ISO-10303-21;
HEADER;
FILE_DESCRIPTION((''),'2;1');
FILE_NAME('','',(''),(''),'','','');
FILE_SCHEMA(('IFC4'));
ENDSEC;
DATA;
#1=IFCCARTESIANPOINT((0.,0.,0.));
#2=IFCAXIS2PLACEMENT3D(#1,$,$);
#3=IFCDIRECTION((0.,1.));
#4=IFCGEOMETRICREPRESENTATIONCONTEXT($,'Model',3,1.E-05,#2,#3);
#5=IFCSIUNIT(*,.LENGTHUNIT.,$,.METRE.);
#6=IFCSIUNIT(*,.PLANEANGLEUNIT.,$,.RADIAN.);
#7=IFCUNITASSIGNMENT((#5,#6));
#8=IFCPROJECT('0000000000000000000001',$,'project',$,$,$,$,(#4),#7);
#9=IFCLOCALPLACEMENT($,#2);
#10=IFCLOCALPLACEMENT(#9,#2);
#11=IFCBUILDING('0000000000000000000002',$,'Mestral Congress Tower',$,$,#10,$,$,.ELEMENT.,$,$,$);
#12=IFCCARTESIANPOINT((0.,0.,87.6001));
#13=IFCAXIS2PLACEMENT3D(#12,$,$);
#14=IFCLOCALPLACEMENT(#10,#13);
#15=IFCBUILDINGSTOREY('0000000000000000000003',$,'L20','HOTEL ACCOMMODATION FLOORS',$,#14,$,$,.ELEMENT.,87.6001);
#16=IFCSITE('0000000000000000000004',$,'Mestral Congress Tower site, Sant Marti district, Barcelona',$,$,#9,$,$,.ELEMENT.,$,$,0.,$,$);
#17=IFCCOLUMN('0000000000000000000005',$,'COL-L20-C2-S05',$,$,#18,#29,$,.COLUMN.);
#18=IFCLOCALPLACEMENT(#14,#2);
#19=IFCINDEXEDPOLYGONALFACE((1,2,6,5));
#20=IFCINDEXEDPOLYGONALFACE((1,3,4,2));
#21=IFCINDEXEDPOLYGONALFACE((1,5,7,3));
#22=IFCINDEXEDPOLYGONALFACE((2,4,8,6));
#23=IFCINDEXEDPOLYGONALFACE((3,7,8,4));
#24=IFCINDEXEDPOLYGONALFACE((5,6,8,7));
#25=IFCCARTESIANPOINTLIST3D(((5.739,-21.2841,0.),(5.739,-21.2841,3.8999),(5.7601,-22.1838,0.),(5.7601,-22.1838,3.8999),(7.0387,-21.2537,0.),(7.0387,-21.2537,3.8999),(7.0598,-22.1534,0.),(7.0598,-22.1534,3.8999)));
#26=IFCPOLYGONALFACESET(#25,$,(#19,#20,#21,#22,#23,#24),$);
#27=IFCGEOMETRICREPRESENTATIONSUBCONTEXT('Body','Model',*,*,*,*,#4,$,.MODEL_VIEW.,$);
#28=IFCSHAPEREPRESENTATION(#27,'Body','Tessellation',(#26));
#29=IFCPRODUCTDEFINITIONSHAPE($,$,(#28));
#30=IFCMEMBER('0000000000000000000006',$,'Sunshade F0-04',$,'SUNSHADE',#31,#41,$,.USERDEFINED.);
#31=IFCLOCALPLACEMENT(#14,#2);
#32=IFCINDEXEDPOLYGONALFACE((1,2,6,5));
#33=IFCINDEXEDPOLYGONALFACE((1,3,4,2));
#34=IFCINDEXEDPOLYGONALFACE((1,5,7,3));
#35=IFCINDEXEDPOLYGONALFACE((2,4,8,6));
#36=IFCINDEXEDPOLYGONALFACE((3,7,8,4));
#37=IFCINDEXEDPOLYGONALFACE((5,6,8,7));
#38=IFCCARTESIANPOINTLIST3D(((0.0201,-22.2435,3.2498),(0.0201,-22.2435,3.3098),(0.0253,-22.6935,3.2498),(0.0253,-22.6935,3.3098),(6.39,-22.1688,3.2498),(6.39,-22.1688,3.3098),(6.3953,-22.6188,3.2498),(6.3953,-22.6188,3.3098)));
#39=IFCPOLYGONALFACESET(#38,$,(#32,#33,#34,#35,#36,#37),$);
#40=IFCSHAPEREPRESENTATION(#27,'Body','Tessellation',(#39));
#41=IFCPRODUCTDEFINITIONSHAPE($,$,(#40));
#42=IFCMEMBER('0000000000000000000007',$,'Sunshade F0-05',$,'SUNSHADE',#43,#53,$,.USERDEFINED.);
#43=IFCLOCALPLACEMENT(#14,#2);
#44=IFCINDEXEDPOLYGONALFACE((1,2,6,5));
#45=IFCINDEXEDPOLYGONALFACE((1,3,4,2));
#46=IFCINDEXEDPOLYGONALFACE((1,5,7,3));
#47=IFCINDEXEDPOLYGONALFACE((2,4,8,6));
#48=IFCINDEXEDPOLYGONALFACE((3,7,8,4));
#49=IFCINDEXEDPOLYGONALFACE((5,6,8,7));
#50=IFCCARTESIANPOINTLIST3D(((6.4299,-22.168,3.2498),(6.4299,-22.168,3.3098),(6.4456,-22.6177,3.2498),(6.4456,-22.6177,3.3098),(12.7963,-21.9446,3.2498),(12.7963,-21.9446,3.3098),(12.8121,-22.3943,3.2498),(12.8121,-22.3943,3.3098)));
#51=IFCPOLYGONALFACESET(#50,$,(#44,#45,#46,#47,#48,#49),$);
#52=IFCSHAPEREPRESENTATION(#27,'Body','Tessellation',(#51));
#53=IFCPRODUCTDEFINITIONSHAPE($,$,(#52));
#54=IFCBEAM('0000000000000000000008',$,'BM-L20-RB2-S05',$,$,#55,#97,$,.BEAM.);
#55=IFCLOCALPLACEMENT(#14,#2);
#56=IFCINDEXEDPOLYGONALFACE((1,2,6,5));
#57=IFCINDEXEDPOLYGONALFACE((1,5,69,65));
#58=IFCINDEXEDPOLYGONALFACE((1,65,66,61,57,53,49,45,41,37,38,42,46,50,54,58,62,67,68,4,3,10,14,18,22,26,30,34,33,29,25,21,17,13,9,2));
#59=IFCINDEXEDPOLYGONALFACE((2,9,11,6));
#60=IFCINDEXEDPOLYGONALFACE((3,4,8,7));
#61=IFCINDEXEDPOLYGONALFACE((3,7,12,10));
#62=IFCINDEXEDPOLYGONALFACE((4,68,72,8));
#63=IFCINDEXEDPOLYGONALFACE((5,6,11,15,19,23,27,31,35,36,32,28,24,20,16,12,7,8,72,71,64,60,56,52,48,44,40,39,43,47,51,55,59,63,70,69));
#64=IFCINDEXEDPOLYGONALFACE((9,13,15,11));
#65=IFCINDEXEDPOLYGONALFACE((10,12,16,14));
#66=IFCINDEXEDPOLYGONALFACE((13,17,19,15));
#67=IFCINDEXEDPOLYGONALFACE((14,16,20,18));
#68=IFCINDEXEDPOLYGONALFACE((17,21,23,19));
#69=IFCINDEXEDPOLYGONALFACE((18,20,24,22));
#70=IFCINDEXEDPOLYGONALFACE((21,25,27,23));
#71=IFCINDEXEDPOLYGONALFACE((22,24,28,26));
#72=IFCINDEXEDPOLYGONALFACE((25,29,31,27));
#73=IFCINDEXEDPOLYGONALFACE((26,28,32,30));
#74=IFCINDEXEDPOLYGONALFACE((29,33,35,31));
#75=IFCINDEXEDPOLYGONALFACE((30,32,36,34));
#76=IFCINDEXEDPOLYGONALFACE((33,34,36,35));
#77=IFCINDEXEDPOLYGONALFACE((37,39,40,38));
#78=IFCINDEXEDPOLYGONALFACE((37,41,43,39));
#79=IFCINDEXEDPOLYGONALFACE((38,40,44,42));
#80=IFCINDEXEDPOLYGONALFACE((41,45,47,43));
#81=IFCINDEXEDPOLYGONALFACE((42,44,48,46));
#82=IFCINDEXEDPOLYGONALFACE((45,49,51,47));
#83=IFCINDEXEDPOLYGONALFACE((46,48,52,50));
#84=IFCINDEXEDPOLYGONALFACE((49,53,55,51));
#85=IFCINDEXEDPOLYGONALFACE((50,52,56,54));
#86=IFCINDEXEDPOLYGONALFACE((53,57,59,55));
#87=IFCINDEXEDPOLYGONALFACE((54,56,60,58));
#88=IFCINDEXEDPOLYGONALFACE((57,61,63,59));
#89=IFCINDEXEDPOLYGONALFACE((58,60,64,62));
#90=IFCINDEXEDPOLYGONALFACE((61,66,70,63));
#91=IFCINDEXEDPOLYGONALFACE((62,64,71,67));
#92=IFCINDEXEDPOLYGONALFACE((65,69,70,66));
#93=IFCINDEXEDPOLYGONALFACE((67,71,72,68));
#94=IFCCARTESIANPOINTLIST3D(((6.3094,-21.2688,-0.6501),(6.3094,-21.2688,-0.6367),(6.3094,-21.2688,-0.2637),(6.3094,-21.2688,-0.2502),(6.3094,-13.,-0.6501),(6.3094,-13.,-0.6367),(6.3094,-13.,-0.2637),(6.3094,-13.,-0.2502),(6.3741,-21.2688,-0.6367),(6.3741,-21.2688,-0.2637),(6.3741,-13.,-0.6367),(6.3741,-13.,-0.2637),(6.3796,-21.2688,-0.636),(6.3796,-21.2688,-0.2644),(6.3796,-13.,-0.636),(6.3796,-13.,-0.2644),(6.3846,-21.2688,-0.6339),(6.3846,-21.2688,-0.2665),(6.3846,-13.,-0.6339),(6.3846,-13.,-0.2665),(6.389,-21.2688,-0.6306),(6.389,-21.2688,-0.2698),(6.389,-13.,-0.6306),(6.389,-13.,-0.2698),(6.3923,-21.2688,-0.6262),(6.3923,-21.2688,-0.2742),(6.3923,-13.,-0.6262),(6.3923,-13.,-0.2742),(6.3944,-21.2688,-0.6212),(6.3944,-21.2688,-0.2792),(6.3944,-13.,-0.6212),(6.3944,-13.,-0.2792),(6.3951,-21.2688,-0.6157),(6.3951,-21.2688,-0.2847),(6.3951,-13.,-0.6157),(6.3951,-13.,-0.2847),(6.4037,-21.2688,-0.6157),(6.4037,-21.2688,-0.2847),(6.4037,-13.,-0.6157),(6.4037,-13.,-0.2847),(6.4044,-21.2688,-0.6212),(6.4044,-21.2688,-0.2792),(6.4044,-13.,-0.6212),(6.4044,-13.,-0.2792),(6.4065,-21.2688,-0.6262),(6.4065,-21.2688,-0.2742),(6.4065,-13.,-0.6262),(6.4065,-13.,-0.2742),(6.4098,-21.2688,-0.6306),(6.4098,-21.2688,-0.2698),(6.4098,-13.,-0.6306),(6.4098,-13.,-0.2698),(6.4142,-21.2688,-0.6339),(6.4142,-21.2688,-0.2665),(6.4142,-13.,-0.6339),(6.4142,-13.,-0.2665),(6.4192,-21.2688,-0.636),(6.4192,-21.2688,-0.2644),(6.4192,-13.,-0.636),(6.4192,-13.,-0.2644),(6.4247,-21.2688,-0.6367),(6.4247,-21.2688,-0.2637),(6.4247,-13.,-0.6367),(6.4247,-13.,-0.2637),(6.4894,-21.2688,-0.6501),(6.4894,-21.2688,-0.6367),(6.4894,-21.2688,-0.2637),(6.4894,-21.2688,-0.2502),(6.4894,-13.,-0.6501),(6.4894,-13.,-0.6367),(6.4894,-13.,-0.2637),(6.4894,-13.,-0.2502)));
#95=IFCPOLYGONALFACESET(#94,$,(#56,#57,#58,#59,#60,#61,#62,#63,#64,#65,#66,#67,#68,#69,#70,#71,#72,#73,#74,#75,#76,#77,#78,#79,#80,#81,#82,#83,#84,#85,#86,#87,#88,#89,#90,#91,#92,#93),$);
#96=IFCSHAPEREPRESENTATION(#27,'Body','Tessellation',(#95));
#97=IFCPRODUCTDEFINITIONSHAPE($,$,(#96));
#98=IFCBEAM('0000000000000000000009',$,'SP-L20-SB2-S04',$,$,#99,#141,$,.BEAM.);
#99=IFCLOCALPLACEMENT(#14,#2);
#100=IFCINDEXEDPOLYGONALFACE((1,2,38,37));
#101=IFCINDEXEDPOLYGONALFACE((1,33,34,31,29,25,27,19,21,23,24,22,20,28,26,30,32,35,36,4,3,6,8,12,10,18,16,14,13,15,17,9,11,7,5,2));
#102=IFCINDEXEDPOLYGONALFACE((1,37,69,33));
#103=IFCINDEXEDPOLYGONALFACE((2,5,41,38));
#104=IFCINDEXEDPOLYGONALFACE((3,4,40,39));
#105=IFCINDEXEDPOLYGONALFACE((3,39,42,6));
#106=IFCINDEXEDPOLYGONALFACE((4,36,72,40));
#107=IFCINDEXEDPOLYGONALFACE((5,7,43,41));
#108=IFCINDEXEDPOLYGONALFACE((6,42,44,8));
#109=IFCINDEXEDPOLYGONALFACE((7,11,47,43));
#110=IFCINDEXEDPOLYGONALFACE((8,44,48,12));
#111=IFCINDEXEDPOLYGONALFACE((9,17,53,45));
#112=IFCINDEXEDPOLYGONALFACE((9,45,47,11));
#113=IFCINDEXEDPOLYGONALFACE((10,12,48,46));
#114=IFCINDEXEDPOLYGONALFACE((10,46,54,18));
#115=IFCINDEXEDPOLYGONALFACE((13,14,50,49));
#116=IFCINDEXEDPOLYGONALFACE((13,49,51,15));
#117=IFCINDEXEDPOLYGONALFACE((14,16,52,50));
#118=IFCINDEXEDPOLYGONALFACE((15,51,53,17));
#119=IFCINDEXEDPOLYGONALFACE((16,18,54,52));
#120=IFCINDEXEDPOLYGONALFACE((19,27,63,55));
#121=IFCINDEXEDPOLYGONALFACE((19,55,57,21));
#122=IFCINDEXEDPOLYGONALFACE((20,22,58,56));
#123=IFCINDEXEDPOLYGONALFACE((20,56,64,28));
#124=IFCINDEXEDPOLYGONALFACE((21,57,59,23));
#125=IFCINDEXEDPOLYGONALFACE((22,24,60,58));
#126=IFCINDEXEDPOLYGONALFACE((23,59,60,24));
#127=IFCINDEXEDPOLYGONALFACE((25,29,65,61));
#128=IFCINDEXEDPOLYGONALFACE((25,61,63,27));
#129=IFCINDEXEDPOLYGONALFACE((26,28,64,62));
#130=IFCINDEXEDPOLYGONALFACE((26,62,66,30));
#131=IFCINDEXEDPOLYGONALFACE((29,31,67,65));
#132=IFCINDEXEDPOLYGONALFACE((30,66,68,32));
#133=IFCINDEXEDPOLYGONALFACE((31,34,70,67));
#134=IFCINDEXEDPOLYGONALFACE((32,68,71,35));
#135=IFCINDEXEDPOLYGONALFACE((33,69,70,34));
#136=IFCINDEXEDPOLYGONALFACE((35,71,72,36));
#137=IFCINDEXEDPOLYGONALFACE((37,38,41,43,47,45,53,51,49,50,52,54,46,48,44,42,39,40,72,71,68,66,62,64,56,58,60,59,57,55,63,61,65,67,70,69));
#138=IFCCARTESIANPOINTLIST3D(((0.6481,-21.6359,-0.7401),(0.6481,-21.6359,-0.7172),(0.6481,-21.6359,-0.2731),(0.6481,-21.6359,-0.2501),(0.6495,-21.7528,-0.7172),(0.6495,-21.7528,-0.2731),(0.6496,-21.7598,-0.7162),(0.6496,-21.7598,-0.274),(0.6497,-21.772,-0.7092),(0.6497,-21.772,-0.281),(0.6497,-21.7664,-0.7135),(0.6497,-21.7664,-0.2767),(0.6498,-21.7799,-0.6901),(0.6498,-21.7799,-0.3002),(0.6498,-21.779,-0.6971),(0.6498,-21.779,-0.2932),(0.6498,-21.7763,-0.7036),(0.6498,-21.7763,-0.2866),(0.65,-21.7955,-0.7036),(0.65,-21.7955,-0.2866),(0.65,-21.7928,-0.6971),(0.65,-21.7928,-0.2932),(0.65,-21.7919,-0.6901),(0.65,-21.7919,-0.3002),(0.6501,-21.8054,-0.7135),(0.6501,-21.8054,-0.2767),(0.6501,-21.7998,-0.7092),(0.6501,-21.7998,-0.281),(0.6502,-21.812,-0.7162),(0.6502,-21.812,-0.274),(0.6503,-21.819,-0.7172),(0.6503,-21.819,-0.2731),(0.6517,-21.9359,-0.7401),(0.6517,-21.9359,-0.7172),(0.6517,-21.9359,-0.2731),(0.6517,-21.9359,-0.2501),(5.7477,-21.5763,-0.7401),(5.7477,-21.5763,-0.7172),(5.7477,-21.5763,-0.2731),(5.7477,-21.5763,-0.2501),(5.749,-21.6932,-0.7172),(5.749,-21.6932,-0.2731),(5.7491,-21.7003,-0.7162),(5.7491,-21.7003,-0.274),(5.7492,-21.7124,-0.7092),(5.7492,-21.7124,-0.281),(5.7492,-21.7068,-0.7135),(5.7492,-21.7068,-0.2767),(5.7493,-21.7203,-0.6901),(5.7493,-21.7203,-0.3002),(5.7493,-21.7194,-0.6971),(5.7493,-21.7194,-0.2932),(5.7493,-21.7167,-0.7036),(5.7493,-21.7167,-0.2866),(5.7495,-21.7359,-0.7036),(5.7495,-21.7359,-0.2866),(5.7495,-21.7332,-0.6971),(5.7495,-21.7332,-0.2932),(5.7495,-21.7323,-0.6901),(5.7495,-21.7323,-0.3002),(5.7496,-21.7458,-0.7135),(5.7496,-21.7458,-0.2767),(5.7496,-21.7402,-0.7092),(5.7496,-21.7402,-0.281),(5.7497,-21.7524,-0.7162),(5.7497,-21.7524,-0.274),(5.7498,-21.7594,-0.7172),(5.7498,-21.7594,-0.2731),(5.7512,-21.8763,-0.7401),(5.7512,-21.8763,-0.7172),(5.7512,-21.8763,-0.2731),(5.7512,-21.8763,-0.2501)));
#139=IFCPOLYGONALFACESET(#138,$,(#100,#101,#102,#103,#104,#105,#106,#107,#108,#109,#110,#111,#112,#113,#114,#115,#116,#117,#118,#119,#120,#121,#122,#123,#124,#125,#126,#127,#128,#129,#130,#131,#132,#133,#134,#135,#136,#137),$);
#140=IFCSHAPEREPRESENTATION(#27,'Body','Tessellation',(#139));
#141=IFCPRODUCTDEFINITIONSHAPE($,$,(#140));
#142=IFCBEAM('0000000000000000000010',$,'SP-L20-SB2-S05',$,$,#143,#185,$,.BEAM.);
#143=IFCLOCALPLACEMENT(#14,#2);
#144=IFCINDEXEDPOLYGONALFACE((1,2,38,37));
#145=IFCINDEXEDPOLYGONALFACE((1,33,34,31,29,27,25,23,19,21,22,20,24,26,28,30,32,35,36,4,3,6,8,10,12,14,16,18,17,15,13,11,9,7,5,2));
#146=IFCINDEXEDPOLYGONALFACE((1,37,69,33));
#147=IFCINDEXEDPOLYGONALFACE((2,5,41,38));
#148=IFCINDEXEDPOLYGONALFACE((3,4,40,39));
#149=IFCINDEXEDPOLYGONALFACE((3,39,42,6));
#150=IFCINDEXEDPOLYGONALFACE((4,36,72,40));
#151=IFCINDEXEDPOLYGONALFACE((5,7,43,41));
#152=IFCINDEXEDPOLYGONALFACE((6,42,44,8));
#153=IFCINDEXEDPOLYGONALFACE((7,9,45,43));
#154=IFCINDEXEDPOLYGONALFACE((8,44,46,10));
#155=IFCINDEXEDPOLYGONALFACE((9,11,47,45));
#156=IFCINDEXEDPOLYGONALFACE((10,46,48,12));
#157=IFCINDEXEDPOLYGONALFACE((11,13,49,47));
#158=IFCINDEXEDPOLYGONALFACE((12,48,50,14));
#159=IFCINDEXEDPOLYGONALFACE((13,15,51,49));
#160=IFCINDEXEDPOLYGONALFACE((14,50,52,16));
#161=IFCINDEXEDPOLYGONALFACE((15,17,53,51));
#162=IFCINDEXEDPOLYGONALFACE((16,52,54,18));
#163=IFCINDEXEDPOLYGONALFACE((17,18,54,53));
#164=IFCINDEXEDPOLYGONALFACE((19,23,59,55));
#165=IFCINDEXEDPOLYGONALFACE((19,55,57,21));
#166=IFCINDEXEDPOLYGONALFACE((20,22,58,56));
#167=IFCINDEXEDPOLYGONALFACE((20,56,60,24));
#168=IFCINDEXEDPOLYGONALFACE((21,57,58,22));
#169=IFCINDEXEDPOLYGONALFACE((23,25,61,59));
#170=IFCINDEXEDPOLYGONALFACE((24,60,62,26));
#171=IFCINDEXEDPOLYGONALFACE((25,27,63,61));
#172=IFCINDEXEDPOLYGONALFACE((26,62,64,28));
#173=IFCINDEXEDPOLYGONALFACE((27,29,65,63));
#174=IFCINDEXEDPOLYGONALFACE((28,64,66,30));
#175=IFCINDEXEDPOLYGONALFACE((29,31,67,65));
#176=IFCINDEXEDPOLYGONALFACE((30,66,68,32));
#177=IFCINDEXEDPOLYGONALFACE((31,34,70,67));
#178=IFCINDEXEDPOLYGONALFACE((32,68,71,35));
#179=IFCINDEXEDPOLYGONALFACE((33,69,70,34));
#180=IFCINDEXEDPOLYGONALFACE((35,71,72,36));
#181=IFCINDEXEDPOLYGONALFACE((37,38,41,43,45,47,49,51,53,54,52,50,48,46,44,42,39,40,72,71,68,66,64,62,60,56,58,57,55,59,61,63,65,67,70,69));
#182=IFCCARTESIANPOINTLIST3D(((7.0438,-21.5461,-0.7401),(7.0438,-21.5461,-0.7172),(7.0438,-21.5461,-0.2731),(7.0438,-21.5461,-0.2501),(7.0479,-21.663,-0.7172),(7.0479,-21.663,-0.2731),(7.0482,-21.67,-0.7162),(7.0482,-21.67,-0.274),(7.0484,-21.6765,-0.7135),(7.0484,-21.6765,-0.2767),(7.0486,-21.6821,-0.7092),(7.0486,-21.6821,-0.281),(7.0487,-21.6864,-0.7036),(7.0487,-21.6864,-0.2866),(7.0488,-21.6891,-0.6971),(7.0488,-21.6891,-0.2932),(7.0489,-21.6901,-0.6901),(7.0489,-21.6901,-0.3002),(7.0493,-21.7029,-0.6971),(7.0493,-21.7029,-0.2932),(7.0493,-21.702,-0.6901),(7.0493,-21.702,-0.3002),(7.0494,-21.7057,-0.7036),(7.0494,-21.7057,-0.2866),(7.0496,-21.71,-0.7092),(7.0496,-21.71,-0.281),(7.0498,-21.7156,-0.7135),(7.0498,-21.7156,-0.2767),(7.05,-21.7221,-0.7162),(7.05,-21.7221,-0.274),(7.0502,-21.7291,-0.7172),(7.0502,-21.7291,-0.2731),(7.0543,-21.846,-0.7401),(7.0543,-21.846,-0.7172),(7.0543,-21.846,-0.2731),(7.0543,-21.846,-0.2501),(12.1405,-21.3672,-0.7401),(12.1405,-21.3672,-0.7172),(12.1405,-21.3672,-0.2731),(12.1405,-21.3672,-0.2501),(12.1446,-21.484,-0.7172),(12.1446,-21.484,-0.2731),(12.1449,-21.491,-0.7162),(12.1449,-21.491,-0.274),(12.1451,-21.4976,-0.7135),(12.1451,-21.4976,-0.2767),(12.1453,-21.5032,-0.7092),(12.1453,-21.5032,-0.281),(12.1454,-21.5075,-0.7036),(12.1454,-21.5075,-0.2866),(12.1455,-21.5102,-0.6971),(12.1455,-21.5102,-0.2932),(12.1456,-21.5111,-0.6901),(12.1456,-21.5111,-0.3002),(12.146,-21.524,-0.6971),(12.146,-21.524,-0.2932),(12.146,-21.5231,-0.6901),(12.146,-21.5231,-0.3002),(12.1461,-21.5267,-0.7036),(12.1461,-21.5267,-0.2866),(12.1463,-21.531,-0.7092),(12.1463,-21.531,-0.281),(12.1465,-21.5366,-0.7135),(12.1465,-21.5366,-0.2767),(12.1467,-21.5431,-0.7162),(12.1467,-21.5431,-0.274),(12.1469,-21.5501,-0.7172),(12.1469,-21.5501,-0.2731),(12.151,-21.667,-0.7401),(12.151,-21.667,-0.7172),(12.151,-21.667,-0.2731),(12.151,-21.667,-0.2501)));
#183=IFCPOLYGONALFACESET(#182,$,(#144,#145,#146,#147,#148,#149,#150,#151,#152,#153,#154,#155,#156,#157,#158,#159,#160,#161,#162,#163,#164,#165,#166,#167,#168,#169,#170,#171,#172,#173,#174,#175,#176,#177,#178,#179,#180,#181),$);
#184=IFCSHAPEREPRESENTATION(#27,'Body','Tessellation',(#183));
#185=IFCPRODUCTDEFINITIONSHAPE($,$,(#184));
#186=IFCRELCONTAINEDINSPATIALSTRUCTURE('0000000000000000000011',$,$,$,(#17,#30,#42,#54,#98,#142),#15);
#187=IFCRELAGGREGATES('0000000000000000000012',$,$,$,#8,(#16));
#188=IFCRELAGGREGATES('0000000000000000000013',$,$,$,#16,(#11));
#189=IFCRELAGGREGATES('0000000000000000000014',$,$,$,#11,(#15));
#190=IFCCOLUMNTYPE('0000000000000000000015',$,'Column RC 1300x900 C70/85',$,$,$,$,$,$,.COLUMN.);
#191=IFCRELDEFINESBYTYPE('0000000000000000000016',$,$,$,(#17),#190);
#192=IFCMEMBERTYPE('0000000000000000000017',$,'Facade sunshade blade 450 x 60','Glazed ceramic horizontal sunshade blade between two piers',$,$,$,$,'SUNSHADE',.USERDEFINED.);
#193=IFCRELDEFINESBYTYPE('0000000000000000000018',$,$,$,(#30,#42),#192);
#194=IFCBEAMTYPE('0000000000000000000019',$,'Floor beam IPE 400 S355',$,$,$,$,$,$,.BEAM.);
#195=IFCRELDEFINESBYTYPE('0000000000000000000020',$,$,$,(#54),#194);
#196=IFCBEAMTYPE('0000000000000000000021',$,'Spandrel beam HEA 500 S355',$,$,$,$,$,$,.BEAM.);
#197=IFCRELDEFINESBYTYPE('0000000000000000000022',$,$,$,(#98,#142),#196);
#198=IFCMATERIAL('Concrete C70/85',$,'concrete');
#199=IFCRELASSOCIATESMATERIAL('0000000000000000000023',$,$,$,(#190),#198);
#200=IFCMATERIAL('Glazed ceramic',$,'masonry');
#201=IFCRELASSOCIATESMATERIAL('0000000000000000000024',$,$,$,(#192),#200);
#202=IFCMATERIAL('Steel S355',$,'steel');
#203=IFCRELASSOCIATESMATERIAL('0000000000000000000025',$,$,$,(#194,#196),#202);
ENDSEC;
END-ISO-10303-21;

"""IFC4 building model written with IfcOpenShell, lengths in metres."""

from ifc_helpers import new_model, si_unit, direction, frame, origin, origin_2d, place, context, subcontext, project, spatial, rectangle, i_section, extrude, material, material_profile, profile_set, type_object, element, save


model = new_model("IFC4")

# Units and contexts
model_context = context("Model", 3, precision=1e-05, world=origin(), true_north=direction((0.0, 1.0)))
body_context = subcontext(model_context, "Body", "Model", "MODEL_VIEW")
ifc_project = project(units=[si_unit("LENGTHUNIT", "METRE"), si_unit("PLANEANGLEUNIT", "RADIAN")], contexts=[model_context])

# Site, building, storey
site_placement = place(None, origin())
site = spatial("IfcSite", under=ifc_project, at=site_placement, Name="Mestral Congress Tower site, Sant Marti district, Barcelona", CompositionType="ELEMENT", RefElevation=0.0)
building_placement = place(site_placement, origin())
building = spatial("IfcBuilding", under=site, at=building_placement, Name="Mestral Congress Tower", CompositionType="ELEMENT")
storey_placement = place(building_placement, frame((0.0, 0.0, 87.6001)))
storey = spatial("IfcBuildingStorey", under=building, at=storey_placement, Name="L20", Description="HOTEL ACCOMMODATION FLOORS", CompositionType="ELEMENT", Elevation=87.6001)

# Column
ifc_material_1 = material(Name="Concrete C70/85", Category="concrete")
ifc_material_profile_1 = material_profile(ifc_material_1, rectangle(XDim=1.3, YDim=0.8999, at=origin_2d()), Name="RC 1300x900")
ifc_profile_set_1 = profile_set([ifc_material_profile_1], Name="Concrete C70/85")
column_type = type_object("IfcColumnType", Name="Column RC 1300x900 C70/85", PredefinedType="COLUMN", material=ifc_profile_set_1)
column_placement = place(storey_placement, frame((6.3994, -21.7188, 0.0), z_axis=(0.0, 0.0, 1.0), x_axis=(0.999727, 0.023384, 0.0)))
element("IfcColumn", 1, at=column_placement, inside=storey, type_object=column_type, Name="COL-L20-C2-S05", PredefinedType="COLUMN", context=body_context, shape_type="SweptSolid", body=[
    extrude(rectangle(XDim=1.3, YDim=0.8999, at=origin_2d()), origin(), (0.0, 0.0, 1.0), 3.8999),
])

# Members
ifc_material_2 = material(Name="Glazed ceramic", Category="masonry")
ifc_material_profile_2 = material_profile(ifc_material_2, rectangle(XDim=0.45, YDim=0.0601, at=origin_2d()), Name="Ceramic blade 450 x 60")
ifc_profile_set_2 = profile_set([ifc_material_profile_2], Name="Glazed ceramic")
member_type = type_object("IfcMemberType", Name="Facade sunshade blade 450 x 60", Description="Glazed ceramic horizontal sunshade blade between two piers", ElementType="SUNSHADE", PredefinedType="USERDEFINED", material=ifc_profile_set_2)
for number, where, z_axis, x_axis, name in (
    (2, (0.0227, -22.4685, 3.2798), (0.999931, 0.011727, 0.0), (-0.011727, 0.999931, 0.0), "Sunshade F0-04"),
    (3, (6.4377, -22.3928, 3.2798), (0.999385, 0.035067, 0.0), (-0.035067, 0.999385, 0.0), "Sunshade F0-05"),
):
    element("IfcMember", number, at=place(storey_placement, frame(where, z_axis=z_axis, x_axis=x_axis)), inside=storey, type_object=member_type, Name=name, ObjectType="SUNSHADE", PredefinedType="USERDEFINED", context=body_context, shape_type="SweptSolid", body=[
        extrude(rectangle(XDim=0.45, YDim=0.0601, at=origin_2d()), origin(), (0.0, 0.0, 1.0), 6.3704),
    ])

# Beams
ifc_material_3 = material(Name="Steel S355", Category="steel")
ifc_material_profile_3 = material_profile(ifc_material_3, i_section(OverallWidth=0.1799, OverallDepth=0.3999, WebThickness=0.0085, FlangeThickness=0.0134, FilletRadius=0.021, at=origin_2d()), Name="IPE 400")
ifc_profile_set_3 = profile_set([ifc_material_profile_3], Name="Steel S355")
beam_type_1 = type_object("IfcBeamType", Name="Floor beam IPE 400 S355", PredefinedType="BEAM", material=ifc_profile_set_3)
beam_placement = place(storey_placement, frame((6.3994, -21.2688, -0.4502), z_axis=(0.0, 1.0, 0.0), x_axis=(-1.0, 0.0, 0.0)))
element("IfcBeam", 4, at=beam_placement, inside=storey, type_object=beam_type_1, Name="BM-L20-RB2-S05", PredefinedType="BEAM", context=body_context, shape_type="SweptSolid", body=[
    extrude(i_section(OverallWidth=0.1799, OverallDepth=0.3999, WebThickness=0.0085, FlangeThickness=0.0134, FilletRadius=0.021, at=origin_2d()), origin(), (0.0, 0.0, 1.0), 8.2688),
])
ifc_material_profile_4 = material_profile(ifc_material_3, i_section(OverallWidth=0.3, OverallDepth=0.49, WebThickness=0.012, FlangeThickness=0.0229, FilletRadius=0.0271, at=origin_2d()), Name="HEA 500")
ifc_profile_set_4 = profile_set([ifc_material_profile_4], Name="Steel S355")
beam_type_2 = type_object("IfcBeamType", Name="Spandrel beam HEA 500 S355", PredefinedType="BEAM", material=ifc_profile_set_4)
for number, where, z_axis, x_axis, name in (
    (5, (0.6499, -21.7859, -0.4951), (0.999932, 0.011681, 0.0), (-0.011681, 0.999932, 0.0), "SP-L20-SB2-S04"),
    (6, (7.0491, -21.696, -0.4951), (0.999384, 0.03509, 0.0), (-0.03509, 0.999384, 0.0), "SP-L20-SB2-S05"),
):
    element("IfcBeam", number, at=place(storey_placement, frame(where, z_axis=z_axis, x_axis=x_axis)), inside=storey, type_object=beam_type_2, Name=name, PredefinedType="BEAM", context=body_context, shape_type="SweptSolid", body=[
        extrude(i_section(OverallWidth=0.3, OverallDepth=0.49, WebThickness=0.012, FlangeThickness=0.0229, FilletRadius=0.0271, at=origin_2d()), origin(), (0.0, 0.0, 1.0), 5.0999),
    ])

save(model, "model.ifc")
